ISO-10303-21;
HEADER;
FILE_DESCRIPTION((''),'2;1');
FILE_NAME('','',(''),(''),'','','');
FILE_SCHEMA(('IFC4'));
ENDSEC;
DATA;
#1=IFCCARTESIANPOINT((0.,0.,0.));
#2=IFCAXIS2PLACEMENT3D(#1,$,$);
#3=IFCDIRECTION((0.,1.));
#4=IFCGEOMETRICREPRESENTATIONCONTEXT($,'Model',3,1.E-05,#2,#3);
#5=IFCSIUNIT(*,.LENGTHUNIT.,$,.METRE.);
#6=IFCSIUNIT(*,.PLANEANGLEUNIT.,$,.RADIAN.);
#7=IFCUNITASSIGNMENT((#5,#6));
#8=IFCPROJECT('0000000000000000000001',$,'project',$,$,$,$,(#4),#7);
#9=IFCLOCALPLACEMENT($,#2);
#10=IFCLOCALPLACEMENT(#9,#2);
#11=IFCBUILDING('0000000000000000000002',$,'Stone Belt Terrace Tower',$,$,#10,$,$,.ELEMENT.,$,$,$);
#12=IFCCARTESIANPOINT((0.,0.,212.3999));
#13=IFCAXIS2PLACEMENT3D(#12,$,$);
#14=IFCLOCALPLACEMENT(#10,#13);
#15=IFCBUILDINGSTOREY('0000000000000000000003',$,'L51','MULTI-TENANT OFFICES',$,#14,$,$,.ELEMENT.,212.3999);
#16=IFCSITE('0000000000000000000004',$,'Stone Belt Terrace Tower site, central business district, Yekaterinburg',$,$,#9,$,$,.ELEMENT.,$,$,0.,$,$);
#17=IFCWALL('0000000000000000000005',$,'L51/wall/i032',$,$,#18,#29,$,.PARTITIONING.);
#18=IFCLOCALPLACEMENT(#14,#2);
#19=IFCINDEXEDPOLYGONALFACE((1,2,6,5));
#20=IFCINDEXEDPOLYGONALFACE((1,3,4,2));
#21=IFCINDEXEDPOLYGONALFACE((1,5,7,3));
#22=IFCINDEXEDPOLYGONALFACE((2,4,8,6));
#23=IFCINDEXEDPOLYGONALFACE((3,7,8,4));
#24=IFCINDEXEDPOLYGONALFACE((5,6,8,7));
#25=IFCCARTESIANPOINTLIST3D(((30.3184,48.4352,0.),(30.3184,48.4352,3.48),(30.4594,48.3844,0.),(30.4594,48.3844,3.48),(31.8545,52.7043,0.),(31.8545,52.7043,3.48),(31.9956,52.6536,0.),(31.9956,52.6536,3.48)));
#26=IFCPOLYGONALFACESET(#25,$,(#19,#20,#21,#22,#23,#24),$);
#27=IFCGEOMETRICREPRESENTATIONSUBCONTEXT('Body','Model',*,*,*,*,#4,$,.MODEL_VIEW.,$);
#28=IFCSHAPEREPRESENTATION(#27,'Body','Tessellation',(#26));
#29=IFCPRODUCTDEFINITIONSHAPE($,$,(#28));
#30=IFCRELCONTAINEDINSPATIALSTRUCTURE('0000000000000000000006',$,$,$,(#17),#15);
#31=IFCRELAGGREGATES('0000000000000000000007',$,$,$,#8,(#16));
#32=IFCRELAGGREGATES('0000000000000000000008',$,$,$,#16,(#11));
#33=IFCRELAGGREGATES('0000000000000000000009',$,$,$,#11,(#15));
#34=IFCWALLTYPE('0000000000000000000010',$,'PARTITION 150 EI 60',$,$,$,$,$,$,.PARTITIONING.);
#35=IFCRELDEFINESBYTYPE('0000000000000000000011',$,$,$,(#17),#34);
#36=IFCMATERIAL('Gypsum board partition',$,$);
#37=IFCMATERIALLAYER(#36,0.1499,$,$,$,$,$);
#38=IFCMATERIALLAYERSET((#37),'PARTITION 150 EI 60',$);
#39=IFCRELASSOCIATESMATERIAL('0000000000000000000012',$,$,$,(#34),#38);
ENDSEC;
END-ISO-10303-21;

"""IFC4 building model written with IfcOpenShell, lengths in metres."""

from ifc_helpers import new_model, si_unit, direction, frame, frame_2d, origin, place, context, subcontext, project, spatial, rectangle, extrude, material, layer, layer_set, type_object, element, save


model = new_model("IFC4")

# Units and contexts
model_context = context("Model", 3, precision=1e-05, world=origin(), true_north=direction((0.0, 1.0)))
body_context = subcontext(model_context, "Body", "Model", "MODEL_VIEW")
ifc_project = project(units=[si_unit("LENGTHUNIT", "METRE"), si_unit("PLANEANGLEUNIT", "RADIAN")], contexts=[model_context])

# Site, building, storey
site_placement = place(None, origin())
site = spatial("IfcSite", under=ifc_project, at=site_placement, Name="Stone Belt Terrace Tower site, central business district, Yekaterinburg", CompositionType="ELEMENT", RefElevation=0.0)
building_placement = place(site_placement, origin())
building = spatial("IfcBuilding", under=site, at=building_placement, Name="Stone Belt Terrace Tower", CompositionType="ELEMENT")
storey_placement = place(building_placement, frame((0.0, 0.0, 212.3999)))
storey = spatial("IfcBuildingStorey", under=building, at=storey_placement, Name="L51", Description="MULTI-TENANT OFFICES", CompositionType="ELEMENT", Elevation=212.3999)

# Shared definitions
ifc_material_1 = material(Name="Gypsum board partition")
ifc_layer_1 = layer(ifc_material_1, 0.1499)
ifc_layer_set_1 = layer_set([ifc_layer_1], Name="PARTITION 150 EI 60")
wall_type_1 = type_object("IfcWallType", Name="PARTITION 150 EI 60", PredefinedType="PARTITIONING", material=ifc_layer_set_1)

# Wall
wall_1_placement = place(storey_placement, frame((31.925, 52.679, 0.0), z_axis=(0.0, 0.0, 1.0), x_axis=(-0.338578, -0.940938, 0.0)))
element("IfcWall", 1, at=wall_1_placement, inside=storey, type_object=wall_type_1, Name="L51/wall/i032", PredefinedType="PARTITIONING", context=body_context, shape_type="SweptSolid", body=[
    extrude(rectangle(XDim=4.5371, YDim=0.1499, at=frame_2d((2.2686, 0.0))), origin(), (0.0, 0.0, 1.0), 3.48),
])

save(model, "model.ifc")
